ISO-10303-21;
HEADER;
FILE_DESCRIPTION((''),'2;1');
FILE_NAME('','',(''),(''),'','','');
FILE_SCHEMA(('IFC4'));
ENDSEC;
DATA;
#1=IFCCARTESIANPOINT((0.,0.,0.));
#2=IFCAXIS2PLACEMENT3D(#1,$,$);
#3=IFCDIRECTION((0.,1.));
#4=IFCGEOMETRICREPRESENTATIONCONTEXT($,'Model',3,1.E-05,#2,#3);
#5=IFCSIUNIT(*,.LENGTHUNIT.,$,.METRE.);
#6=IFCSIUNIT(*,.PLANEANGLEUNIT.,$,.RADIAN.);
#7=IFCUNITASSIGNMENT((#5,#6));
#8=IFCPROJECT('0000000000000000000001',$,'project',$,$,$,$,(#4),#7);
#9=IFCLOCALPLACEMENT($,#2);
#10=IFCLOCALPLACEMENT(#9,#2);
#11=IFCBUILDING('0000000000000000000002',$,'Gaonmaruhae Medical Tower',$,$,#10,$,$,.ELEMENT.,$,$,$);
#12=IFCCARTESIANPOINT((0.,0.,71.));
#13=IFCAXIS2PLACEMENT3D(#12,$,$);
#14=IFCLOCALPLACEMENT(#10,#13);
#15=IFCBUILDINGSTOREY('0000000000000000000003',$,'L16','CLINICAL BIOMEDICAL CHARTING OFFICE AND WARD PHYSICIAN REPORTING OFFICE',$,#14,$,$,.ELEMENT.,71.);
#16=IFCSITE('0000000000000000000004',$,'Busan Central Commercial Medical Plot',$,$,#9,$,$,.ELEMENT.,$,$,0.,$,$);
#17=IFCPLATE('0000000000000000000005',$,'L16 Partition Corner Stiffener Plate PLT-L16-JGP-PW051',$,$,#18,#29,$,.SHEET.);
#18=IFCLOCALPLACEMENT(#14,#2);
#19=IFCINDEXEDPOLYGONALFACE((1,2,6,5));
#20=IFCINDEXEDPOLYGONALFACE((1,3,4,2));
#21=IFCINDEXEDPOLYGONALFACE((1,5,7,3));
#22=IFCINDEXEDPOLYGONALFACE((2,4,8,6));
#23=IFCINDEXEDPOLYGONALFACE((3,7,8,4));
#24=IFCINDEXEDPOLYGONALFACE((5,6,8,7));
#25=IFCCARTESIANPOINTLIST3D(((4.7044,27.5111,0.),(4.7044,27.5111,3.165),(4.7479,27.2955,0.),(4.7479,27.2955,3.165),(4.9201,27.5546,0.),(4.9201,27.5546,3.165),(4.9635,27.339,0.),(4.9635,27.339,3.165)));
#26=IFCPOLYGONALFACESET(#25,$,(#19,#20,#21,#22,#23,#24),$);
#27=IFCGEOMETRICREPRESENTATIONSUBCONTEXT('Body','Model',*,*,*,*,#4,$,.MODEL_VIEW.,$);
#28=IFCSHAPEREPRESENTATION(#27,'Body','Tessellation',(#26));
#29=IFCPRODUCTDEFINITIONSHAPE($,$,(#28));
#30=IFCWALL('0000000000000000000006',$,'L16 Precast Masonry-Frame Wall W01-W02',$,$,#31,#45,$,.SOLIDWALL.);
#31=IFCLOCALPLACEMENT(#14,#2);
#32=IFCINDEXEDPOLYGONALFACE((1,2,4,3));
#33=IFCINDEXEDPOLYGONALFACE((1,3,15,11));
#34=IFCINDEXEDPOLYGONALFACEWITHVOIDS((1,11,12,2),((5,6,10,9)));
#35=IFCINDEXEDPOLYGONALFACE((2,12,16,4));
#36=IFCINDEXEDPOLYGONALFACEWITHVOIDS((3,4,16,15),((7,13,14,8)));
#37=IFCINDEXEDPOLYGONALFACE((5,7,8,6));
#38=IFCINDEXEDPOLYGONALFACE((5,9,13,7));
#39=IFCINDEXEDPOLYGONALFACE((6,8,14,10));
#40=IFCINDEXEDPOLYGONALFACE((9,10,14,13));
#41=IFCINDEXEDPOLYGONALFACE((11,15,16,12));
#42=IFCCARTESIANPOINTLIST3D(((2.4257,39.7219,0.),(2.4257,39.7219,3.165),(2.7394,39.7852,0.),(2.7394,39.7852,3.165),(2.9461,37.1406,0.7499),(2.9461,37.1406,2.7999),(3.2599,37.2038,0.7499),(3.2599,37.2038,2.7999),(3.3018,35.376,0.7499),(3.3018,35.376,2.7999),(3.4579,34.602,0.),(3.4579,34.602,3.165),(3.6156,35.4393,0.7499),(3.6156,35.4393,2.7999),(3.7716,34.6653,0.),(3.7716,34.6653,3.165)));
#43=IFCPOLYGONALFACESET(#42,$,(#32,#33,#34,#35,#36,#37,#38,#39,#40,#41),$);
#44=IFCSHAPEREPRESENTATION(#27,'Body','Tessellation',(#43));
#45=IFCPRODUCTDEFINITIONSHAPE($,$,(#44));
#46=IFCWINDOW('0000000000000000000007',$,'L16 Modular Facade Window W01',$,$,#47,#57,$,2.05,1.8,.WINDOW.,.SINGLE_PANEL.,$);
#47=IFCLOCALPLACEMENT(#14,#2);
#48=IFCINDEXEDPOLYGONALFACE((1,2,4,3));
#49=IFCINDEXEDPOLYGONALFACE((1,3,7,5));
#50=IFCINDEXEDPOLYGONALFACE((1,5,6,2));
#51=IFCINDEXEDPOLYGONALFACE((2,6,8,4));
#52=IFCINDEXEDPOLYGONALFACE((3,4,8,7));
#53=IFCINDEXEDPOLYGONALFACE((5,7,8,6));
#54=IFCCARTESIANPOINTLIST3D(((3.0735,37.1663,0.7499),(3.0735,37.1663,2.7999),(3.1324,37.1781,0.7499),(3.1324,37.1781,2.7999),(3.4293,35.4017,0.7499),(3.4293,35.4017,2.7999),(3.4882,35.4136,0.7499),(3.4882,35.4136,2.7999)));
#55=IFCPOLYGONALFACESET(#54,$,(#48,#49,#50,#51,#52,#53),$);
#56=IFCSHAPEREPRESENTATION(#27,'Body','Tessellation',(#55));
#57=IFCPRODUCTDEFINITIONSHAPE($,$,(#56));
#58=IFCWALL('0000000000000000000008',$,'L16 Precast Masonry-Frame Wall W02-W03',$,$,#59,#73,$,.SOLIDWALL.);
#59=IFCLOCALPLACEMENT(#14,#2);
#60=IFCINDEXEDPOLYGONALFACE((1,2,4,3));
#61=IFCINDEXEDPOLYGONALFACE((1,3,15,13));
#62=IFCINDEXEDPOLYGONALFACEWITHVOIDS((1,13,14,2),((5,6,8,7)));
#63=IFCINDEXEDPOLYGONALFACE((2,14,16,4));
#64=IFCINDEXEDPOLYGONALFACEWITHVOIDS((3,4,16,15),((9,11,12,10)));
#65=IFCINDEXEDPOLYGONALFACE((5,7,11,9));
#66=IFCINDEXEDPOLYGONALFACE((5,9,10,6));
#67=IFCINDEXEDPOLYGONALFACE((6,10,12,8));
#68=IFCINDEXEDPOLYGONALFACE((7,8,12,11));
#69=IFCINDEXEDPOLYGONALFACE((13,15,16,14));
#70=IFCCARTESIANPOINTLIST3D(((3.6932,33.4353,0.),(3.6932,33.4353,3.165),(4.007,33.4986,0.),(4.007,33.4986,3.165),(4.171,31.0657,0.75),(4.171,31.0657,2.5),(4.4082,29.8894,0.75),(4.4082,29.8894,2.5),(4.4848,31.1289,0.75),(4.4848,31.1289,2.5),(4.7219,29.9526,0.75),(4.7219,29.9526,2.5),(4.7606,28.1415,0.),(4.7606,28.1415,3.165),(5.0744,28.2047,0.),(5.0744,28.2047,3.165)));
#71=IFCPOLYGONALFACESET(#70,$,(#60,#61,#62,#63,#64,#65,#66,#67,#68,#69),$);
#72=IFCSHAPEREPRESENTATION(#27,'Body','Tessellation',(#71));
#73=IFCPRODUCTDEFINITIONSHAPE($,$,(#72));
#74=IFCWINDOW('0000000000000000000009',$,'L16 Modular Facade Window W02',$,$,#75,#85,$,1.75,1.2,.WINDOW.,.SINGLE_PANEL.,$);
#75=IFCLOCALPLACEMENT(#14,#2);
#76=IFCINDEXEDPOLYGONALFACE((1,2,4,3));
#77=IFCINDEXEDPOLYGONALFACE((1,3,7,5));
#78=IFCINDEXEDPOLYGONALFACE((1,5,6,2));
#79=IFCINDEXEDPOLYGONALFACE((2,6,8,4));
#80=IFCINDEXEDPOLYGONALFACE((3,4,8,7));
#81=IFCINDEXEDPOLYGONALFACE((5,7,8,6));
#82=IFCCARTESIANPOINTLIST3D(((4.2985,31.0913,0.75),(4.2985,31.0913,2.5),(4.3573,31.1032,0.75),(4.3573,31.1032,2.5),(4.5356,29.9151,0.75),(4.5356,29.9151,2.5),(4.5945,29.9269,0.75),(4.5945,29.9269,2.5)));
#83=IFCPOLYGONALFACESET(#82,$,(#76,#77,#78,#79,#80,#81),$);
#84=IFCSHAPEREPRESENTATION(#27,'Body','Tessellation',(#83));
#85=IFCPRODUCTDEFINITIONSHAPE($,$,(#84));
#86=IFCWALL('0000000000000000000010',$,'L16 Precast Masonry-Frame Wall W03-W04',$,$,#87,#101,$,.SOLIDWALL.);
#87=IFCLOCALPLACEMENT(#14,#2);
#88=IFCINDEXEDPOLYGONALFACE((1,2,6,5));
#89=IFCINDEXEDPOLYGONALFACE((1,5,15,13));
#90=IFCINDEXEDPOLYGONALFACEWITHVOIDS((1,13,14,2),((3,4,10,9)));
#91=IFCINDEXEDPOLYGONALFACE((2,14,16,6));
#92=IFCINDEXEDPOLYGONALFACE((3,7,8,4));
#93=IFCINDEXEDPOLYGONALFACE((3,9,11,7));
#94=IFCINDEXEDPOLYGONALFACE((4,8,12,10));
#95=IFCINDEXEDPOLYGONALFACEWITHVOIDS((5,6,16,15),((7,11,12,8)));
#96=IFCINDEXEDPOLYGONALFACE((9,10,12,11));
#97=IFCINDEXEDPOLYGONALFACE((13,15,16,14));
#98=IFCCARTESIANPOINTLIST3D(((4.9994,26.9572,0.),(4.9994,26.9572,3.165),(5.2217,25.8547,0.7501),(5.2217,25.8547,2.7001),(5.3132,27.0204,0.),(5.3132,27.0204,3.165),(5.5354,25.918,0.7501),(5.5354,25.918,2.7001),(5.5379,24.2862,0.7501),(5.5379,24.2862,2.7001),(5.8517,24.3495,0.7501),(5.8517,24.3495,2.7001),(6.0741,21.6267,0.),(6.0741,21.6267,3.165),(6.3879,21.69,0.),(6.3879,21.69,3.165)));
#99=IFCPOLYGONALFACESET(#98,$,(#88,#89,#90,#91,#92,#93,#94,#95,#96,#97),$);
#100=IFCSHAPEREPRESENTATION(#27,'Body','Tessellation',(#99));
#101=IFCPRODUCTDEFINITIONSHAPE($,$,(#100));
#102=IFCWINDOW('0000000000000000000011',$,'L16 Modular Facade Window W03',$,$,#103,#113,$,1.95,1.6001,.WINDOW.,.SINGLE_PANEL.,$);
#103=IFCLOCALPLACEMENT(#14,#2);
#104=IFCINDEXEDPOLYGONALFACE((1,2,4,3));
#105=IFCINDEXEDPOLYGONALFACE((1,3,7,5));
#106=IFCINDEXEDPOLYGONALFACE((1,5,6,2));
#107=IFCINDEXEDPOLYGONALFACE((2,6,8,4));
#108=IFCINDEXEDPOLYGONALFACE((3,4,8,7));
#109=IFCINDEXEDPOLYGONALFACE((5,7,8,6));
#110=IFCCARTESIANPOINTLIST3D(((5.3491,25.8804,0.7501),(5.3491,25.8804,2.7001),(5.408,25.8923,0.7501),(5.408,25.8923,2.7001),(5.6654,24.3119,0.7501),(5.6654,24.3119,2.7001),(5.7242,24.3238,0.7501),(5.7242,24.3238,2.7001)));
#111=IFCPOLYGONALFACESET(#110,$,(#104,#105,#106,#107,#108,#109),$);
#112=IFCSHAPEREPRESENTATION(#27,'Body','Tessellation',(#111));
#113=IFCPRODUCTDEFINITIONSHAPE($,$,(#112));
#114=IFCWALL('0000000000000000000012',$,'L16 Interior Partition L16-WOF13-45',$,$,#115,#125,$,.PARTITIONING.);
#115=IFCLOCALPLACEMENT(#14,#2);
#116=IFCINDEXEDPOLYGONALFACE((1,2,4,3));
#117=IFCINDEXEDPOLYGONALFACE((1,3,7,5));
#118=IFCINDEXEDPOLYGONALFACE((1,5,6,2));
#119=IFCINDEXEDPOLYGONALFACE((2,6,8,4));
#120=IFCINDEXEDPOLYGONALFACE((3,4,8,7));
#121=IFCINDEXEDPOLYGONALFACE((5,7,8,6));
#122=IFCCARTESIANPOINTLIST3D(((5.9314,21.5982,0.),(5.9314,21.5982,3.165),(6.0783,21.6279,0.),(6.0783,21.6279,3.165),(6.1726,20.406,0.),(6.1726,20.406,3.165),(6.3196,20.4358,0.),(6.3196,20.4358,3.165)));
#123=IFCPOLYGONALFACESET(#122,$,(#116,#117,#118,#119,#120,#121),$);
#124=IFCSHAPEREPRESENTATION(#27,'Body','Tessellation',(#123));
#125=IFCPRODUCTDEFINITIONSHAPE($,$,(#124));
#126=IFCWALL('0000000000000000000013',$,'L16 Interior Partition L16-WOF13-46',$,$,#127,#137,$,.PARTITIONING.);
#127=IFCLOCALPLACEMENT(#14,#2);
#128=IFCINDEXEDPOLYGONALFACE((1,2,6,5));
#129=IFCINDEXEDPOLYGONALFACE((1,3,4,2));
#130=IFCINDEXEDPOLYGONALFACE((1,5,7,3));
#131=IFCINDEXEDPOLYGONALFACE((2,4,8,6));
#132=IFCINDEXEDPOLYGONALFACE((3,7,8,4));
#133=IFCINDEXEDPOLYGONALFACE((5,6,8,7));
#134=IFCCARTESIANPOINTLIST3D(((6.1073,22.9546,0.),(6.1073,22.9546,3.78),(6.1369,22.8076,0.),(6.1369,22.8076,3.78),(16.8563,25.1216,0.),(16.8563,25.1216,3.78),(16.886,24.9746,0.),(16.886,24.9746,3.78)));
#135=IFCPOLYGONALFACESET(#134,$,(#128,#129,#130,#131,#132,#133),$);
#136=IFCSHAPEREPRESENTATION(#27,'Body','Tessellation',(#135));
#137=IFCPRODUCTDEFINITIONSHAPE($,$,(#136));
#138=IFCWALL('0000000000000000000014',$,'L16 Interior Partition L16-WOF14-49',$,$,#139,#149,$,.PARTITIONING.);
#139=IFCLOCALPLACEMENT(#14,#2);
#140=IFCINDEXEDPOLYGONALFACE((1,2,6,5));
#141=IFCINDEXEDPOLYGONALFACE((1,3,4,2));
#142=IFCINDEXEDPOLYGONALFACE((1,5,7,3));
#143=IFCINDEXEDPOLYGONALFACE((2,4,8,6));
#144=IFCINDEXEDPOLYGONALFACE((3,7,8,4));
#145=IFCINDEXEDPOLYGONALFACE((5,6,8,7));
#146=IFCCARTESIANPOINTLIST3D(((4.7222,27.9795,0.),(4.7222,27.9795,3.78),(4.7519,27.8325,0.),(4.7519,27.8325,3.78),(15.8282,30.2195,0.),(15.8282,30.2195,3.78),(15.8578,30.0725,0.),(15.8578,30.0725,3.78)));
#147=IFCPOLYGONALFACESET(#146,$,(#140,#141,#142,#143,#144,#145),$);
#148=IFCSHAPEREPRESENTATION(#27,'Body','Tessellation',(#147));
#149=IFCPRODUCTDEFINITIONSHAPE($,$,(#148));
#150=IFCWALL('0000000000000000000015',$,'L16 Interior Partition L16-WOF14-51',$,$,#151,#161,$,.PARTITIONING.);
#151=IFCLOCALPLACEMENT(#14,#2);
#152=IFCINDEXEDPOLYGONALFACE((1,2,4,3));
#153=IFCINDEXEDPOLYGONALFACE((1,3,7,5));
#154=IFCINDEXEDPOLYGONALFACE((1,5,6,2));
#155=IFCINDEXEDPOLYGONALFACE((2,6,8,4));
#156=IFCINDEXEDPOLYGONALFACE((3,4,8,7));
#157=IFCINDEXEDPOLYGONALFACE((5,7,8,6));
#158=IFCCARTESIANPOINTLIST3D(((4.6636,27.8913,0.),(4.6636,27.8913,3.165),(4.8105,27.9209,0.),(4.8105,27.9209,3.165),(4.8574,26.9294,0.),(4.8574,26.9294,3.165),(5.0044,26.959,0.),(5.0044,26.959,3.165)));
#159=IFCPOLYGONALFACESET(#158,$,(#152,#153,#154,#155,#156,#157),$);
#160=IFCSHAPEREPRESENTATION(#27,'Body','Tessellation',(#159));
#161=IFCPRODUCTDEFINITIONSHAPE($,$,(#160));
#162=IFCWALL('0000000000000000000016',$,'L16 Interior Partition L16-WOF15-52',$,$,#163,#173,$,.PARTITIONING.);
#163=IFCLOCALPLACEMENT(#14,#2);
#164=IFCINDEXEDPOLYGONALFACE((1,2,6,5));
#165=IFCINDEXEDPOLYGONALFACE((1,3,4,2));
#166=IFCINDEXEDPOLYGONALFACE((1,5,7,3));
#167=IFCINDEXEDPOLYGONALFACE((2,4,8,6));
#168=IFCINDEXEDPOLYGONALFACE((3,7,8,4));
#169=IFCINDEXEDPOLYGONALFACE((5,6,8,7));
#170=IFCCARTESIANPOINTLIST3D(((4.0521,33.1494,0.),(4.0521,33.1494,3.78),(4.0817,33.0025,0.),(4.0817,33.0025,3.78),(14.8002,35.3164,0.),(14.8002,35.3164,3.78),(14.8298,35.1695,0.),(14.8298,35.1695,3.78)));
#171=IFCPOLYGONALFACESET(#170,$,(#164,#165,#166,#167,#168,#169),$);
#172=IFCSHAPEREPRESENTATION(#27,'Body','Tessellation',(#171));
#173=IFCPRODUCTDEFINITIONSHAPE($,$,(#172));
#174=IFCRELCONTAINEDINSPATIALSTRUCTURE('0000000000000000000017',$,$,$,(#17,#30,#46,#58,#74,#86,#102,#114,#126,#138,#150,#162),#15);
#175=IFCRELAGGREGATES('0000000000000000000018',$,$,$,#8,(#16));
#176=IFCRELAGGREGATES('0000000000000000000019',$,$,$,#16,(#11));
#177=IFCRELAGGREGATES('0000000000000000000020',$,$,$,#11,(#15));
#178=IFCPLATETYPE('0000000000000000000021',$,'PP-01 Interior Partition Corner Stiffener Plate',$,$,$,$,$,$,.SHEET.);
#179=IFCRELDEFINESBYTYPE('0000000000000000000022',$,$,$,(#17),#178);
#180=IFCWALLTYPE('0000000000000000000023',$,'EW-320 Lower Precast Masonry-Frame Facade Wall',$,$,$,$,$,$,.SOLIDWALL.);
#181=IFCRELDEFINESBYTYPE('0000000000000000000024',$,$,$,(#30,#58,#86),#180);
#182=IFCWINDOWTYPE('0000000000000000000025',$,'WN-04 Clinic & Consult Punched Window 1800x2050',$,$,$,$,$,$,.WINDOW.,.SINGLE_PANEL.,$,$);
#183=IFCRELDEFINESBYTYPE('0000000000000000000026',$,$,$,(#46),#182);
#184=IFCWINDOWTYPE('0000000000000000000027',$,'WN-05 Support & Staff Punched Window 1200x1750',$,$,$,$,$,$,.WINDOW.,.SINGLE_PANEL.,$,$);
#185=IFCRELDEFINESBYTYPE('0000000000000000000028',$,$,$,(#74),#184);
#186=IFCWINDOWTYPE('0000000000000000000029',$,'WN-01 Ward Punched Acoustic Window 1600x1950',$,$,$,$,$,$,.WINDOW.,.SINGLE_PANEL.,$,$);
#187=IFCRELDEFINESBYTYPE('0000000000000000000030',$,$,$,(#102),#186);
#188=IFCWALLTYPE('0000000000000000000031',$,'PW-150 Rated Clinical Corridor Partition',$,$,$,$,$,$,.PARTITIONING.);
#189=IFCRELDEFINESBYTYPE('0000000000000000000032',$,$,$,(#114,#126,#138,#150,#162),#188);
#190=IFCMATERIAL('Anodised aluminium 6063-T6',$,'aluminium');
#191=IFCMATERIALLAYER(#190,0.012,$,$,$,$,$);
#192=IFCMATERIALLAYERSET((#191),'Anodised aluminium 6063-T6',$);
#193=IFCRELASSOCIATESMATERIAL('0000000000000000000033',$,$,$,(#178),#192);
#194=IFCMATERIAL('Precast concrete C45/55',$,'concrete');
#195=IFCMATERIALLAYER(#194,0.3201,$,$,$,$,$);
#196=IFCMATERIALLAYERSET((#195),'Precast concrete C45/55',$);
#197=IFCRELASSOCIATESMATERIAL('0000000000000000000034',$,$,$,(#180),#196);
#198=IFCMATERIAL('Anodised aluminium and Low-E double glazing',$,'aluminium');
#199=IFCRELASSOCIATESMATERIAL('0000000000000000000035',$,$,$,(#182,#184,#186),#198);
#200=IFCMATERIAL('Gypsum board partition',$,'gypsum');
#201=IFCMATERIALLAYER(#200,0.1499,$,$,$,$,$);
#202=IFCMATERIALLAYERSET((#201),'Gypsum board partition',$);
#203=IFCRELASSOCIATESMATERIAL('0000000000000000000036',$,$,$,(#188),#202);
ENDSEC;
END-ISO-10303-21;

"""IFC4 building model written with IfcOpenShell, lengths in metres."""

from ifc_helpers import new_model, si_unit, direction, frame, frame_2d, origin, origin_2d, place, context, subcontext, project, spatial, rectangle, extrude, material, layer, layer_set, type_object, element, fill, save


model = new_model("IFC4")

# Units and contexts
model_context = context("Model", 3, precision=1e-05, world=origin(), true_north=direction((0.0, 1.0)))
body_context = subcontext(model_context, "Body", "Model", "MODEL_VIEW")
ifc_project = project(units=[si_unit("LENGTHUNIT", "METRE"), si_unit("PLANEANGLEUNIT", "RADIAN")], contexts=[model_context])

# Site, building, storey
site_placement = place(None, origin())
site = spatial("IfcSite", under=ifc_project, at=site_placement, Name="Busan Central Commercial Medical Plot", CompositionType="ELEMENT", RefElevation=0.0)
building_placement = place(site_placement, origin())
building = spatial("IfcBuilding", under=site, at=building_placement, Name="Gaonmaruhae Medical Tower", CompositionType="ELEMENT")
storey_placement = place(building_placement, frame((0.0, 0.0, 71.0)))
storey = spatial("IfcBuildingStorey", under=building, at=storey_placement, Name="L16", Description="CLINICAL BIOMEDICAL CHARTING OFFICE AND WARD PHYSICIAN REPORTING OFFICE", CompositionType="ELEMENT", Elevation=71.0)

# Plate
ifc_material_1 = material(Name="Anodised aluminium 6063-T6", Category="aluminium")
ifc_layer_1 = layer(ifc_material_1, 0.012)
ifc_layer_set_1 = layer_set([ifc_layer_1], Name="Anodised aluminium 6063-T6")
plate_type = type_object("IfcPlateType", Name="PP-01 Interior Partition Corner Stiffener Plate", PredefinedType="SHEET", material=ifc_layer_set_1)
plate_placement = place(storey_placement, frame((4.834, 27.425, 0.0), z_axis=(0.0, 0.0, 1.0), x_axis=(-0.197692, 0.980264, 0.0)))
element("IfcPlate", 1, at=plate_placement, inside=storey, type_object=plate_type, Name="L16 Partition Corner Stiffener Plate PLT-L16-JGP-PW051", PredefinedType="SHEET", context=body_context, shape_type="SweptSolid", body=[
    extrude(rectangle(XDim=0.22, YDim=0.22, at=origin_2d()), origin(), (0.0, 0.0, 1.0), 3.165),
])

# Walls, openings, windows
ifc_material_2 = material(Name="Precast concrete C45/55", Category="concrete")
ifc_layer_2 = layer(ifc_material_2, 0.3201)
ifc_layer_set_2 = layer_set([ifc_layer_2], Name="Precast concrete C45/55")
wall_type_1 = type_object("IfcWallType", Name="EW-320 Lower Precast Masonry-Frame Facade Wall", PredefinedType="SOLIDWALL", material=ifc_layer_set_2)
wall_1_placement = place(storey_placement, frame((3.6147, 34.6338, 0.0), z_axis=(0.0, 0.0, 1.0), x_axis=(-0.197635, 0.980276, 0.0)))
wall_1 = element("IfcWall", 2, at=wall_1_placement, inside=storey, type_object=wall_type_1, Name="L16 Precast Masonry-Frame Wall W01-W02", PredefinedType="SOLIDWALL", context=body_context, shape_type="SweptSolid", body=[
    extrude(rectangle(XDim=5.2229, YDim=0.3201, at=frame_2d((2.6113, 0.0))), origin(), (0.0, 0.0, 1.0), 3.165),
])
opening_1_placement = place(wall_1_placement, frame((0.7896, 0.0, 0.75)))
opening_1 = element("IfcOpeningElement", 3, at=opening_1_placement, cuts=wall_1, PredefinedType="OPENING", context=body_context, shape_type="SweptSolid", body=[
    extrude(rectangle(XDim=1.8, YDim=2.05, at=frame_2d((0.8999, 1.0249))), frame((0.0, 0.1699, 0.0), z_axis=(0.0, -1.0, 0.0), x_axis=(1.0, 0.0, 0.0)), (0.0, 0.0, 1.0), 0.3401),
])
ifc_material_3 = material(Name="Anodised aluminium and Low-E double glazing", Category="aluminium")
window_type_1 = type_object("IfcWindowType", Name="WN-04 Clinic & Consult Punched Window 1800x2050", PartitioningType="SINGLE_PANEL", PredefinedType="WINDOW", material=ifc_material_3)
window_1_placement = place(opening_1_placement, origin())
window_1 = element("IfcWindow", 4, at=window_1_placement, inside=storey, type_object=window_type_1, Name="L16 Modular Facade Window W01", OverallHeight=2.05, OverallWidth=1.8, PartitioningType="SINGLE_PANEL", PredefinedType="WINDOW", context=body_context, shape_type="SweptSolid", body=[
    extrude(rectangle(XDim=1.8, YDim=2.05, at=frame_2d((0.8999, 1.0249))), frame((0.0, 0.03, 0.0), z_axis=(0.0, -1.0, 0.0), x_axis=(1.0, 0.0, 0.0)), (0.0, 0.0, 1.0), 0.0601),
])
fill(opening_1, window_1)
wall_2_placement = place(storey_placement, frame((4.9175, 28.1731, 0.0), z_axis=(0.0, 0.0, 1.0), x_axis=(-0.197646, 0.980273, 0.0)))
wall_2 = element("IfcWall", 5, at=wall_2_placement, inside=storey, type_object=wall_type_1, Name="L16 Precast Masonry-Frame Wall W02-W03", PredefinedType="SOLIDWALL", context=body_context, shape_type="SweptSolid", body=[
    extrude(rectangle(XDim=5.4004, YDim=0.3201, at=frame_2d((2.7002, 0.0))), origin(), (0.0, 0.0, 1.0), 3.165),
])
opening_2_placement = place(wall_2_placement, frame((1.783, 0.0, 0.75)))
opening_2 = element("IfcOpeningElement", 6, at=opening_2_placement, cuts=wall_2, PredefinedType="OPENING", context=body_context, shape_type="SweptSolid", body=[
    extrude(rectangle(XDim=1.2, YDim=1.75, at=frame_2d((0.6001, 0.875))), frame((0.0, 0.1699, 0.0), z_axis=(0.0, -1.0, 0.0), x_axis=(1.0, 0.0, 0.0)), (0.0, 0.0, 1.0), 0.3401),
])
window_type_2 = type_object("IfcWindowType", Name="WN-05 Support & Staff Punched Window 1200x1750", PartitioningType="SINGLE_PANEL", PredefinedType="WINDOW", material=ifc_material_3)
window_2_placement = place(opening_2_placement, origin())
window_2 = element("IfcWindow", 7, at=window_2_placement, inside=storey, type_object=window_type_2, Name="L16 Modular Facade Window W02", OverallHeight=1.75, OverallWidth=1.2, PartitioningType="SINGLE_PANEL", PredefinedType="WINDOW", context=body_context, shape_type="SweptSolid", body=[
    extrude(rectangle(XDim=1.2, YDim=1.75, at=frame_2d((0.6001, 0.875))), frame((0.0, 0.03, 0.0), z_axis=(0.0, -1.0, 0.0), x_axis=(1.0, 0.0, 0.0)), (0.0, 0.0, 1.0), 0.0601),
])
fill(opening_2, window_2)
wall_3_placement = place(storey_placement, frame((6.231, 21.6584, 0.0), z_axis=(0.0, 0.0, 1.0), x_axis=(-0.197635, 0.980276, 0.0)))
wall_3 = element("IfcWall", 8, at=wall_3_placement, inside=storey, type_object=wall_type_1, Name="L16 Precast Masonry-Frame Wall W03-W04", PredefinedType="SOLIDWALL", context=body_context, shape_type="SweptSolid", body=[
    extrude(rectangle(XDim=5.4377, YDim=0.3201, at=frame_2d((2.7188, 0.0))), origin(), (0.0, 0.0, 1.0), 3.165),
])
opening_3_placement = place(wall_3_placement, frame((2.7129, 0.0, 0.75)))
opening_3 = element("IfcOpeningElement", 9, at=opening_3_placement, cuts=wall_3, PredefinedType="OPENING", context=body_context, shape_type="SweptSolid", body=[
    extrude(rectangle(XDim=1.6001, YDim=1.95, at=frame_2d((0.8, 0.9751))), frame((0.0, 0.1699, 0.0), z_axis=(0.0, -1.0, 0.0), x_axis=(1.0, 0.0, 0.0)), (0.0, 0.0, 1.0), 0.3401),
])
window_type_3 = type_object("IfcWindowType", Name="WN-01 Ward Punched Acoustic Window 1600x1950", PartitioningType="SINGLE_PANEL", PredefinedType="WINDOW", material=ifc_material_3)
window_3_placement = place(opening_3_placement, origin())
window_3 = element("IfcWindow", 10, at=window_3_placement, inside=storey, type_object=window_type_3, Name="L16 Modular Facade Window W03", OverallHeight=1.95, OverallWidth=1.6001, PartitioningType="SINGLE_PANEL", PredefinedType="WINDOW", context=body_context, shape_type="SweptSolid", body=[
    extrude(rectangle(XDim=1.6001, YDim=1.95, at=frame_2d((0.8, 0.9751))), frame((0.0, 0.03, 0.0), z_axis=(0.0, -1.0, 0.0), x_axis=(1.0, 0.0, 0.0)), (0.0, 0.0, 1.0), 0.0601),
])
fill(opening_3, window_3)

# Walls
ifc_material_4 = material(Name="Gypsum board partition", Category="gypsum")
ifc_layer_3 = layer(ifc_material_4, 0.1499)
ifc_layer_set_3 = layer_set([ifc_layer_3], Name="Gypsum board partition")
wall_type_2 = type_object("IfcWallType", Name="PW-150 Rated Clinical Corridor Partition", PredefinedType="PARTITIONING", material=ifc_layer_set_3)
wall_4_placement = place(storey_placement, frame((6.2461, 20.4209, 0.0), z_axis=(0.0, 0.0, 1.0), x_axis=(-0.198316, 0.980138, 0.0)))
element("IfcWall", 11, at=wall_4_placement, inside=storey, type_object=wall_type_2, Name="L16 Interior Partition L16-WOF13-45", PredefinedType="PARTITIONING", context=body_context, shape_type="SweptSolid", body=[
    extrude(rectangle(XDim=1.2163, YDim=0.1499, at=frame_2d((0.6082, 0.0))), origin(), (0.0, 0.0, 1.0), 3.165),
])
wall_5_placement = place(storey_placement, frame((6.1221, 22.8811, 0.0), z_axis=(0.0, 0.0, 1.0), x_axis=(0.980278, 0.197623, 0.0)))
element("IfcWall", 12, at=wall_5_placement, inside=storey, type_object=wall_type_2, Name="L16 Interior Partition L16-WOF13-46", PredefinedType="PARTITIONING", context=body_context, shape_type="SweptSolid", body=[
    extrude(rectangle(XDim=10.9653, YDim=0.1499, at=frame_2d((5.4827, 0.0))), origin(), (0.0, 0.0, 1.0), 3.78),
])
wall_6_placement = place(storey_placement, frame((4.7371, 27.906, 0.0), z_axis=(0.0, 0.0, 1.0), x_axis=(0.98026, 0.197711, 0.0)))
element("IfcWall", 13, at=wall_6_placement, inside=storey, type_object=wall_type_2, Name="L16 Interior Partition L16-WOF14-49", PredefinedType="PARTITIONING", context=body_context, shape_type="SweptSolid", body=[
    extrude(rectangle(XDim=11.3296, YDim=0.1499, at=frame_2d((5.6648, 0.0))), origin(), (0.0, 0.0, 1.0), 3.78),
])
wall_7_placement = place(storey_placement, frame((4.9309, 26.9441, 0.0), z_axis=(0.0, 0.0, 1.0), x_axis=(-0.197551, 0.980293, 0.0)))
element("IfcWall", 14, at=wall_7_placement, inside=storey, type_object=wall_type_2, Name="L16 Interior Partition L16-WOF14-51", PredefinedType="PARTITIONING", context=body_context, shape_type="SweptSolid", body=[
    extrude(rectangle(XDim=0.9812, YDim=0.1499, at=frame_2d((0.4907, 0.0))), origin(), (0.0, 0.0, 1.0), 3.165),
])
for number, where, z_axis, x_axis, name in (
    (15, (4.0669, 33.0759, 0.0), (0.0, 0.0, 1.0), (0.980275, 0.19764, 0.0), "L16 Interior Partition L16-WOF15-52"),
):
    element("IfcWall", number, at=place(storey_placement, frame(where, z_axis=z_axis, x_axis=x_axis)), inside=storey, type_object=wall_type_2, Name=name, PredefinedType="PARTITIONING", context=body_context, shape_type="SweptSolid", body=[
        extrude(rectangle(XDim=10.9644, YDim=0.1499, at=frame_2d((5.4822, 0.0))), origin(), (0.0, 0.0, 1.0), 3.78),
    ])

save(model, "model.ifc")
